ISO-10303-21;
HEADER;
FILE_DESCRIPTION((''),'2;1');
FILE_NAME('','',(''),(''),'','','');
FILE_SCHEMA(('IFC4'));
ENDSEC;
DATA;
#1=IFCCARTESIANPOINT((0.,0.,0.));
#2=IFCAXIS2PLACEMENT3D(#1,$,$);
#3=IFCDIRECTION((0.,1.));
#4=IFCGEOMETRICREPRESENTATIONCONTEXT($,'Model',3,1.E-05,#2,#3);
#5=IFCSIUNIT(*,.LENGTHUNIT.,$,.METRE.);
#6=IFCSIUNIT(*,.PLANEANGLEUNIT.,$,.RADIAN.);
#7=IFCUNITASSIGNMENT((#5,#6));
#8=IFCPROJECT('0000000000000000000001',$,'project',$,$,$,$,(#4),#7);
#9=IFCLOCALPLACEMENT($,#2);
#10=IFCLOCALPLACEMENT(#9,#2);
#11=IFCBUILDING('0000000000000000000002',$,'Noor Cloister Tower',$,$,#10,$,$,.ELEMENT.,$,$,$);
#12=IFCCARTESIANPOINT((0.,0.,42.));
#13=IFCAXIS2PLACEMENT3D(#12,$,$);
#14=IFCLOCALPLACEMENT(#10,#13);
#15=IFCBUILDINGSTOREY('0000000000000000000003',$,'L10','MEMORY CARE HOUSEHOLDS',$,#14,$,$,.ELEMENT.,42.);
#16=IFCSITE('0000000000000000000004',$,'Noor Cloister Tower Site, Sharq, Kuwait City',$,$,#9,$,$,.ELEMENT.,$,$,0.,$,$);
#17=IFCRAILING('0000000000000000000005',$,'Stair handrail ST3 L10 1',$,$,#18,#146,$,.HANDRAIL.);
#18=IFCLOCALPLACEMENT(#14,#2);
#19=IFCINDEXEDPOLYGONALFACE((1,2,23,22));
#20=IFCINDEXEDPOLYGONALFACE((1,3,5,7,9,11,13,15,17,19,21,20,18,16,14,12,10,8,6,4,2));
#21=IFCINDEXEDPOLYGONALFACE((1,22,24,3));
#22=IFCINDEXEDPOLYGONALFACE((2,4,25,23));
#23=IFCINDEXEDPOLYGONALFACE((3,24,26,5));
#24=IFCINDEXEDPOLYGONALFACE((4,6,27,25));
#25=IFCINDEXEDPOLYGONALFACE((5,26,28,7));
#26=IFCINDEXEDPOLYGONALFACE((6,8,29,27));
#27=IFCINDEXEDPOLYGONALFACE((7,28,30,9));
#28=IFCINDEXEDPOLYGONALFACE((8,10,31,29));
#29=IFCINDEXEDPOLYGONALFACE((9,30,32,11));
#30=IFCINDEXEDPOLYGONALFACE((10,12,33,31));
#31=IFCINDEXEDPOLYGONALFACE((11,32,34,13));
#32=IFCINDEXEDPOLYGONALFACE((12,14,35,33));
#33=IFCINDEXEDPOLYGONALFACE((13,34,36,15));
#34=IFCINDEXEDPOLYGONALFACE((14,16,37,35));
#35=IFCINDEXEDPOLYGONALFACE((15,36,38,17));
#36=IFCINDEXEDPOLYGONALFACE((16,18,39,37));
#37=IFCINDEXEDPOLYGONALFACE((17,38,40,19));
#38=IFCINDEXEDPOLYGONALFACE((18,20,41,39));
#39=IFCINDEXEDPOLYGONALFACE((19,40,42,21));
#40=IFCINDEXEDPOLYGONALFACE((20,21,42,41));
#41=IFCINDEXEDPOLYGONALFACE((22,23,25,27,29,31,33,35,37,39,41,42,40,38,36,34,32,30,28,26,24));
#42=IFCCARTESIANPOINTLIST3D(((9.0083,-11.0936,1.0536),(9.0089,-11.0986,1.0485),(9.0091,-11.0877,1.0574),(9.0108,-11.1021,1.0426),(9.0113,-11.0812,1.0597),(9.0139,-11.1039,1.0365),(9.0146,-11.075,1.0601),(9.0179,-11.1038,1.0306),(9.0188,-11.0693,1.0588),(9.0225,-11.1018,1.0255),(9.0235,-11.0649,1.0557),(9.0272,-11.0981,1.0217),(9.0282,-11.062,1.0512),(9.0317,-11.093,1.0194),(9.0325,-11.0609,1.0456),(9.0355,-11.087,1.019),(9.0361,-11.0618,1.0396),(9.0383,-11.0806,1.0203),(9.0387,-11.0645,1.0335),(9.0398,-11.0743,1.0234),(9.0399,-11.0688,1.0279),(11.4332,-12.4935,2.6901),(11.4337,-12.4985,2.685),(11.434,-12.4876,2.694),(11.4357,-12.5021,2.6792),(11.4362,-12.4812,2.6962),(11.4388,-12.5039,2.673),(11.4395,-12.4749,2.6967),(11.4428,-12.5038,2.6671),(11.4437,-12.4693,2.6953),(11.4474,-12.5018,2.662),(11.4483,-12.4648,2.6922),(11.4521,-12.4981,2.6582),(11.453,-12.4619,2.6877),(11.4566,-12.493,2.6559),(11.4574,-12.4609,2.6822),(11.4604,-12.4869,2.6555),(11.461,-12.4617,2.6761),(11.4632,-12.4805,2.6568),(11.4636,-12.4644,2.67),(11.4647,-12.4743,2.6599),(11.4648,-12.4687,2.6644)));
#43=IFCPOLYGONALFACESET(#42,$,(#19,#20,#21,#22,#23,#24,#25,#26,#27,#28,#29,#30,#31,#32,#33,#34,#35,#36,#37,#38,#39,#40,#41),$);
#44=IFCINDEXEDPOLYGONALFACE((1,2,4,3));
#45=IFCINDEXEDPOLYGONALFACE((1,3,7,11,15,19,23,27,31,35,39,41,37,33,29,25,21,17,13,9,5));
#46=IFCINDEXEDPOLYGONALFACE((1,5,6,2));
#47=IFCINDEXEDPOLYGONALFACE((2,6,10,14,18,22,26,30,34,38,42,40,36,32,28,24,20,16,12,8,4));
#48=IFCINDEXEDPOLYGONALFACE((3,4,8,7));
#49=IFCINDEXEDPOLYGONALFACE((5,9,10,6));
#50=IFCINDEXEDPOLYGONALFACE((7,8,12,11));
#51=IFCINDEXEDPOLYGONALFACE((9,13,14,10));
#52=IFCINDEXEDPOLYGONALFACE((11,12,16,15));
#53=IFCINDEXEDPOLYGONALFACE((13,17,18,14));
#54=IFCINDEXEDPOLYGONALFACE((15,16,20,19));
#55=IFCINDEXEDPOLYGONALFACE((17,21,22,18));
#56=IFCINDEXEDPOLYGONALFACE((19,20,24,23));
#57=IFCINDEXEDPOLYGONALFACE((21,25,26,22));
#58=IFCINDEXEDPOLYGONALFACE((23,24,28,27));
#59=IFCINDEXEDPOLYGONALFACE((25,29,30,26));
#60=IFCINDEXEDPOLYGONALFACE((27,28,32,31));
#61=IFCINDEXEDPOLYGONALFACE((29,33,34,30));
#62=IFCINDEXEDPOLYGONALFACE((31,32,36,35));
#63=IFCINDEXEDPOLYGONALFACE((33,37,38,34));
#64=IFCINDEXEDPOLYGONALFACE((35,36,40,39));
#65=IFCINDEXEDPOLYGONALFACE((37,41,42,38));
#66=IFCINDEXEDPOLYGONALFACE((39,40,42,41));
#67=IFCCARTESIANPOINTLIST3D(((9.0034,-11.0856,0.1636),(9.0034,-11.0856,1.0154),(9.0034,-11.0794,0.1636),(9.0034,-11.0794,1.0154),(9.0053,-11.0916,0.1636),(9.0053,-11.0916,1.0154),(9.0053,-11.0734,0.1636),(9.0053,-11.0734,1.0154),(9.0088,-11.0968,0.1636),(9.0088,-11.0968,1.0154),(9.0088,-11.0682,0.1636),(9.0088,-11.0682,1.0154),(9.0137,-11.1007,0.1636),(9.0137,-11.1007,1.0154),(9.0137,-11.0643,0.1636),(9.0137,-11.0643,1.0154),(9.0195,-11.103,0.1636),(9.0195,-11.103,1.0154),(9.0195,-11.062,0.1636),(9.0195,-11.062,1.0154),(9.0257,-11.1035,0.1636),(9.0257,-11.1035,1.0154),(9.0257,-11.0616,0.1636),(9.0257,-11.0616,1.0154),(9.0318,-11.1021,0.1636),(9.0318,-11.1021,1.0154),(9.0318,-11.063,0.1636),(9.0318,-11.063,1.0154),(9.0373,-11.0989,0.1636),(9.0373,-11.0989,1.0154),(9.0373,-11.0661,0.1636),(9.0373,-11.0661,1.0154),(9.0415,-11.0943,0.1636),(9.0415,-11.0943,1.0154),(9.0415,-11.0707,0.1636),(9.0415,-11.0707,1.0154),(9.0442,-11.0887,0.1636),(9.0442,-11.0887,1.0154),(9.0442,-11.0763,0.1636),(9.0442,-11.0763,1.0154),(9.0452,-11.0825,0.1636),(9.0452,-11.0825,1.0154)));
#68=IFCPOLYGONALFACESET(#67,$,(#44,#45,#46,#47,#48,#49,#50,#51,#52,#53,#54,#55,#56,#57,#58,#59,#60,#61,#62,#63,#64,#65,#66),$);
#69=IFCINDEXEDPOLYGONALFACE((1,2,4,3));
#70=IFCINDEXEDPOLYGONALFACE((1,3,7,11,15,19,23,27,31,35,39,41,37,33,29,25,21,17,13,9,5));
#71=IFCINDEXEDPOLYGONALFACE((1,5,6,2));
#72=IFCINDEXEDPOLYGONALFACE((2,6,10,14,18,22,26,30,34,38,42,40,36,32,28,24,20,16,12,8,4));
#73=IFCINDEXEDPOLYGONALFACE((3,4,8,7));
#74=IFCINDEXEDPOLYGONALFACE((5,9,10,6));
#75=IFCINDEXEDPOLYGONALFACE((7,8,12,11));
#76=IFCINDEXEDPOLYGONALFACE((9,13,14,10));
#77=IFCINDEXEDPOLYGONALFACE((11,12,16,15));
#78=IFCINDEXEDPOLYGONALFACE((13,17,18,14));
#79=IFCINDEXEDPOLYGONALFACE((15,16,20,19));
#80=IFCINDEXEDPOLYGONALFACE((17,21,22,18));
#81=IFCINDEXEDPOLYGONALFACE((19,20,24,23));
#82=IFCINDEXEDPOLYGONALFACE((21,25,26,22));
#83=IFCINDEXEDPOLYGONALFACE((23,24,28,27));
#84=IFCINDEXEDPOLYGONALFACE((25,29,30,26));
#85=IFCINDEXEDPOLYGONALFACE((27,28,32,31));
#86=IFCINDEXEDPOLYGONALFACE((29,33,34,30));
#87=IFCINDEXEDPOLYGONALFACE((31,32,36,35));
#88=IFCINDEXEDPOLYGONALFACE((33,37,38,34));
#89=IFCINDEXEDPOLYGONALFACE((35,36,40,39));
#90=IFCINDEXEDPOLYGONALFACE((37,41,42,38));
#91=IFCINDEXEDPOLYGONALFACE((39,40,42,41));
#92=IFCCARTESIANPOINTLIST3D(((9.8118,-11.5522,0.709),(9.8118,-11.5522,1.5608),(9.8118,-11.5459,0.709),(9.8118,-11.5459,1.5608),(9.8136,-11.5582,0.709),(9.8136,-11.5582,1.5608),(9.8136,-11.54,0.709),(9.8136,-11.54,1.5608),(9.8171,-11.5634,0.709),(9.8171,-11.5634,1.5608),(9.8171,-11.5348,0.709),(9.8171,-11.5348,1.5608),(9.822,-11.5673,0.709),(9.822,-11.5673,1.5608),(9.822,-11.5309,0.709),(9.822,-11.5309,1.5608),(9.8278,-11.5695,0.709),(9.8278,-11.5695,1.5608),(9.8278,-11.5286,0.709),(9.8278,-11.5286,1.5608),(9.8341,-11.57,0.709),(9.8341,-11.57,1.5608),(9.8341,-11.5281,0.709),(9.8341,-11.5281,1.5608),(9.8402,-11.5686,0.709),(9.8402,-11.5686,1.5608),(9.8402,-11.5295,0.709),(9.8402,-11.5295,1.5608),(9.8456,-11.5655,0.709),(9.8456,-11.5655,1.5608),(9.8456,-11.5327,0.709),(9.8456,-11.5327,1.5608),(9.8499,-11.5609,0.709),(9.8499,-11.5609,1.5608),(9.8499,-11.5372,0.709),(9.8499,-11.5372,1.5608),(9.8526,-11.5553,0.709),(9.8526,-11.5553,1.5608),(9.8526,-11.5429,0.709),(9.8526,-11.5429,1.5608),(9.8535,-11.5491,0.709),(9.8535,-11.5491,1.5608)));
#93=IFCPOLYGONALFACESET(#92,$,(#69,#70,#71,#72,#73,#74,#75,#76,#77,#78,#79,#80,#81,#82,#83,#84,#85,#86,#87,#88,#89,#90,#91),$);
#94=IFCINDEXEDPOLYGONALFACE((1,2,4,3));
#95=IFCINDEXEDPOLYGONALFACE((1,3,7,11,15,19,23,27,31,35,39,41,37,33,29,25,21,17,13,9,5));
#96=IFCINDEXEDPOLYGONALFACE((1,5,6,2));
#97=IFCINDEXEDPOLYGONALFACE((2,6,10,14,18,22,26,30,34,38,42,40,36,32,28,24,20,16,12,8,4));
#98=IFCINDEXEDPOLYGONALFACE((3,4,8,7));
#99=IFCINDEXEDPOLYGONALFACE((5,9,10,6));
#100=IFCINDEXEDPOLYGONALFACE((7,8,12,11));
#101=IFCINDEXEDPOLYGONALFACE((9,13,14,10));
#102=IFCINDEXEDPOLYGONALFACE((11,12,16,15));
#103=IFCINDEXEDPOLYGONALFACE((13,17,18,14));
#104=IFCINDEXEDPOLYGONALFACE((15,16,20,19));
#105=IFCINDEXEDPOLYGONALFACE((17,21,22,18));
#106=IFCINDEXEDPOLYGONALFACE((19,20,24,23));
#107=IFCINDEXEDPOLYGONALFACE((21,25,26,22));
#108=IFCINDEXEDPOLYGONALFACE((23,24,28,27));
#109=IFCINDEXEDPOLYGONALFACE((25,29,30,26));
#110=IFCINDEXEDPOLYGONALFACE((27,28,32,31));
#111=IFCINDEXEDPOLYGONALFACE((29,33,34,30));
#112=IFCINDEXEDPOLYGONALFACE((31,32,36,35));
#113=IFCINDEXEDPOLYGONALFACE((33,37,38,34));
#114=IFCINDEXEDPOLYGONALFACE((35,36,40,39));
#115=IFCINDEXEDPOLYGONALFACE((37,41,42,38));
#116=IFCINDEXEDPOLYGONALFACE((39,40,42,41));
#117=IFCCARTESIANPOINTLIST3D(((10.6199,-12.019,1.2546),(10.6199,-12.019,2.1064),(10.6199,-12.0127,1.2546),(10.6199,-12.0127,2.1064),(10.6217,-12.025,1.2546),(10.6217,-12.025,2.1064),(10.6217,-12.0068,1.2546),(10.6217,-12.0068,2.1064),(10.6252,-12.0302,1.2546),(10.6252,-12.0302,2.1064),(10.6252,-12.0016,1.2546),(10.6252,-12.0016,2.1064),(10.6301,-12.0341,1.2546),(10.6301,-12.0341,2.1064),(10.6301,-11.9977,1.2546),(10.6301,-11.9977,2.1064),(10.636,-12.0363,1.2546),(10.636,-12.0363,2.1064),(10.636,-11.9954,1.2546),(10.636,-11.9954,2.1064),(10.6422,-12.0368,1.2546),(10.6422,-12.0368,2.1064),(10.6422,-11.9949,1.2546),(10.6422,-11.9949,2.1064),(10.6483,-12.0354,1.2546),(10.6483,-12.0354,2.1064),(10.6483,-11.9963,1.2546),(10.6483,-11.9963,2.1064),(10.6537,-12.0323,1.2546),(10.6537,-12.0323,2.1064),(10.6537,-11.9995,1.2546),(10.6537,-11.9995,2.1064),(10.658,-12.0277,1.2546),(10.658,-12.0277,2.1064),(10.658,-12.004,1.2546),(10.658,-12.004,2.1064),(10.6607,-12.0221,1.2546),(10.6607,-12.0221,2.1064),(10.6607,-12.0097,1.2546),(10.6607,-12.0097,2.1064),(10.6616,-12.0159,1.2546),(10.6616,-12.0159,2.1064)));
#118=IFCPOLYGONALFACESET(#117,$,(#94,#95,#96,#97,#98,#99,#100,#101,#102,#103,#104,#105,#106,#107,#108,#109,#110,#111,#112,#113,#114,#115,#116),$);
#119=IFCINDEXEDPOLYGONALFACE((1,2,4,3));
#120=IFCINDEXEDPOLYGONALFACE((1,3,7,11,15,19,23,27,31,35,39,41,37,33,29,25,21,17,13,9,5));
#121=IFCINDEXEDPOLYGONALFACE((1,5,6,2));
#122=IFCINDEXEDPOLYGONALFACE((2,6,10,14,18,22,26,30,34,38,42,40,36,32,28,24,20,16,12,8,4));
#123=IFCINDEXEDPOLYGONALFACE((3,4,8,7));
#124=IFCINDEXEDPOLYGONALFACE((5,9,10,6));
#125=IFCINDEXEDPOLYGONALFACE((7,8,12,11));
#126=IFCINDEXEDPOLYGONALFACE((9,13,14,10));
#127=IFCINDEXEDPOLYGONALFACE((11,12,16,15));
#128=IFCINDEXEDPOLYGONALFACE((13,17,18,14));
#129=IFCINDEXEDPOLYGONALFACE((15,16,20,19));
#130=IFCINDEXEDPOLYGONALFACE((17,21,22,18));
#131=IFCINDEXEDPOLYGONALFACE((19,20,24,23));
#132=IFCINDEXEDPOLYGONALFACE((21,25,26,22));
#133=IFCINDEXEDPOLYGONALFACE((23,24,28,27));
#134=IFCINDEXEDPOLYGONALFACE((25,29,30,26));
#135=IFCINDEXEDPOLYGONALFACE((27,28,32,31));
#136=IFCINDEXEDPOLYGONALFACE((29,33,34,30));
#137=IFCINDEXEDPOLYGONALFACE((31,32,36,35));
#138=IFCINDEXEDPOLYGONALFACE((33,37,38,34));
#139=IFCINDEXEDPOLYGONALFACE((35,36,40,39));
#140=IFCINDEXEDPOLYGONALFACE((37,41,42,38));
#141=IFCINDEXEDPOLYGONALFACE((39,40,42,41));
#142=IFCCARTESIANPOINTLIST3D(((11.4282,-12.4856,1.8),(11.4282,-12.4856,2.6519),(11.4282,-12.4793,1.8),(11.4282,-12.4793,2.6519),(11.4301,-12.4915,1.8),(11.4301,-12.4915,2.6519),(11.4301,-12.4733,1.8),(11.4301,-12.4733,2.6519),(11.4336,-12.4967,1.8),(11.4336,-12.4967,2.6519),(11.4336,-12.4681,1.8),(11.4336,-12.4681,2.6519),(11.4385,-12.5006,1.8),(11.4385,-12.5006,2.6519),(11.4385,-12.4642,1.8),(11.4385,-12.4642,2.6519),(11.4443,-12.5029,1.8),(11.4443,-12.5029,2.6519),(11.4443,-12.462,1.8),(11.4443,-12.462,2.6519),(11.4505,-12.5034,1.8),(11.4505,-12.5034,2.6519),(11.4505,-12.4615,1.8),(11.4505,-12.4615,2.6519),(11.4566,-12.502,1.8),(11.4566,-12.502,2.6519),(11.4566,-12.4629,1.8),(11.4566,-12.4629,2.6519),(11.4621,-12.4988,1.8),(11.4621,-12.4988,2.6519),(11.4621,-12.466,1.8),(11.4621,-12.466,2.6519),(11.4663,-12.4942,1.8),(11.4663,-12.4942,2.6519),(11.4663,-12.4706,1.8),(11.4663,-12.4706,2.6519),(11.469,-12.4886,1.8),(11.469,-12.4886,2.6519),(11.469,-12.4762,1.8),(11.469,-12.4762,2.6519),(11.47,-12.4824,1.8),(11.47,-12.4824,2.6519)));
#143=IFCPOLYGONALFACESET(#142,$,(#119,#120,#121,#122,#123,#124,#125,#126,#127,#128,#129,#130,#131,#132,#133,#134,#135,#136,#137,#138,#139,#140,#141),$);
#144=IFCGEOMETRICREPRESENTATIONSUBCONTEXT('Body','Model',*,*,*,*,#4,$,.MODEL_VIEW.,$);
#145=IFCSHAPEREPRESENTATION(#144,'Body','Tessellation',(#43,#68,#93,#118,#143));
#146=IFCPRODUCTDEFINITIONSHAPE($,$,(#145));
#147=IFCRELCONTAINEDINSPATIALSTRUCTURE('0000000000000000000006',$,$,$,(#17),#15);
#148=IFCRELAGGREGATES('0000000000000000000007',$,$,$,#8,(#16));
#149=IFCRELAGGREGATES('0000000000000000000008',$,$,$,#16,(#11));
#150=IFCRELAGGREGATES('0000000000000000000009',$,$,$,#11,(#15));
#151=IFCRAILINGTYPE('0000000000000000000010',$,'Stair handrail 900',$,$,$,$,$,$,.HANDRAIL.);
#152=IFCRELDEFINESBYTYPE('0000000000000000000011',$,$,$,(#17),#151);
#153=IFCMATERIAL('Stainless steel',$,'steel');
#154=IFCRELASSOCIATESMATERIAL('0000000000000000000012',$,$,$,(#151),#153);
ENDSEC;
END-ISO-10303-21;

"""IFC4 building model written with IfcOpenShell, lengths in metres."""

from ifc_helpers import new_model, si_unit, direction, frame, origin, origin_2d, place, context, subcontext, project, spatial, circle, extrude, material, type_object, element, save


model = new_model("IFC4")

# Units and contexts
model_context = context("Model", 3, precision=1e-05, world=origin(), true_north=direction((0.0, 1.0)))
body_context = subcontext(model_context, "Body", "Model", "MODEL_VIEW")
ifc_project = project(units=[si_unit("LENGTHUNIT", "METRE"), si_unit("PLANEANGLEUNIT", "RADIAN")], contexts=[model_context])

# Site, building, storey
site_placement = place(None, origin())
site = spatial("IfcSite", under=ifc_project, at=site_placement, Name="Noor Cloister Tower Site, Sharq, Kuwait City", CompositionType="ELEMENT", RefElevation=0.0)
building_placement = place(site_placement, origin())
building = spatial("IfcBuilding", under=site, at=building_placement, Name="Noor Cloister Tower", CompositionType="ELEMENT")
storey_placement = place(building_placement, frame((0.0, 0.0, 42.0)))
storey = spatial("IfcBuildingStorey", under=building, at=storey_placement, Name="L10", Description="MEMORY CARE HOUSEHOLDS", CompositionType="ELEMENT", Elevation=42.0)

# Railing
ifc_material_1 = material(Name="Stainless steel", Category="steel")
railing_type_1 = type_object("IfcRailingType", Name="Stair handrail 900", PredefinedType="HANDRAIL", material=ifc_material_1)
railing_1_placement = place(storey_placement, frame((9.0242, -11.0825, 0.1636)))
element("IfcRailing", 1, at=railing_1_placement, inside=storey, type_object=railing_type_1, Name="Stair handrail ST3 L10 1", PredefinedType="HANDRAIL", context=body_context, shape_type="SweptSolid", body=[
    extrude(circle(Radius=0.0239, at=origin_2d()), frame((0.0, 0.0, 0.876), z_axis=(0.74769, -0.431661, 0.504608), x_axis=(0.499984, 0.866035, 0.0)), (0.0, 0.0, 1.0), 3.2432),
    extrude(circle(Radius=0.021, at=origin_2d()), origin(), (0.0, 0.0, 1.0), 0.8518),
    extrude(circle(Radius=0.021, at=origin_2d()), frame((0.8083, -0.4666, 0.5454)), (0.0, 0.0, 1.0), 0.8518),
    extrude(circle(Radius=0.021, at=origin_2d()), frame((1.6165, -0.9333, 1.0911)), (0.0, 0.0, 1.0), 0.8518),
    extrude(circle(Radius=0.021, at=origin_2d()), frame((2.4248, -1.3999, 1.6365)), (0.0, 0.0, 1.0), 0.8518),
])

save(model, "model.ifc")
